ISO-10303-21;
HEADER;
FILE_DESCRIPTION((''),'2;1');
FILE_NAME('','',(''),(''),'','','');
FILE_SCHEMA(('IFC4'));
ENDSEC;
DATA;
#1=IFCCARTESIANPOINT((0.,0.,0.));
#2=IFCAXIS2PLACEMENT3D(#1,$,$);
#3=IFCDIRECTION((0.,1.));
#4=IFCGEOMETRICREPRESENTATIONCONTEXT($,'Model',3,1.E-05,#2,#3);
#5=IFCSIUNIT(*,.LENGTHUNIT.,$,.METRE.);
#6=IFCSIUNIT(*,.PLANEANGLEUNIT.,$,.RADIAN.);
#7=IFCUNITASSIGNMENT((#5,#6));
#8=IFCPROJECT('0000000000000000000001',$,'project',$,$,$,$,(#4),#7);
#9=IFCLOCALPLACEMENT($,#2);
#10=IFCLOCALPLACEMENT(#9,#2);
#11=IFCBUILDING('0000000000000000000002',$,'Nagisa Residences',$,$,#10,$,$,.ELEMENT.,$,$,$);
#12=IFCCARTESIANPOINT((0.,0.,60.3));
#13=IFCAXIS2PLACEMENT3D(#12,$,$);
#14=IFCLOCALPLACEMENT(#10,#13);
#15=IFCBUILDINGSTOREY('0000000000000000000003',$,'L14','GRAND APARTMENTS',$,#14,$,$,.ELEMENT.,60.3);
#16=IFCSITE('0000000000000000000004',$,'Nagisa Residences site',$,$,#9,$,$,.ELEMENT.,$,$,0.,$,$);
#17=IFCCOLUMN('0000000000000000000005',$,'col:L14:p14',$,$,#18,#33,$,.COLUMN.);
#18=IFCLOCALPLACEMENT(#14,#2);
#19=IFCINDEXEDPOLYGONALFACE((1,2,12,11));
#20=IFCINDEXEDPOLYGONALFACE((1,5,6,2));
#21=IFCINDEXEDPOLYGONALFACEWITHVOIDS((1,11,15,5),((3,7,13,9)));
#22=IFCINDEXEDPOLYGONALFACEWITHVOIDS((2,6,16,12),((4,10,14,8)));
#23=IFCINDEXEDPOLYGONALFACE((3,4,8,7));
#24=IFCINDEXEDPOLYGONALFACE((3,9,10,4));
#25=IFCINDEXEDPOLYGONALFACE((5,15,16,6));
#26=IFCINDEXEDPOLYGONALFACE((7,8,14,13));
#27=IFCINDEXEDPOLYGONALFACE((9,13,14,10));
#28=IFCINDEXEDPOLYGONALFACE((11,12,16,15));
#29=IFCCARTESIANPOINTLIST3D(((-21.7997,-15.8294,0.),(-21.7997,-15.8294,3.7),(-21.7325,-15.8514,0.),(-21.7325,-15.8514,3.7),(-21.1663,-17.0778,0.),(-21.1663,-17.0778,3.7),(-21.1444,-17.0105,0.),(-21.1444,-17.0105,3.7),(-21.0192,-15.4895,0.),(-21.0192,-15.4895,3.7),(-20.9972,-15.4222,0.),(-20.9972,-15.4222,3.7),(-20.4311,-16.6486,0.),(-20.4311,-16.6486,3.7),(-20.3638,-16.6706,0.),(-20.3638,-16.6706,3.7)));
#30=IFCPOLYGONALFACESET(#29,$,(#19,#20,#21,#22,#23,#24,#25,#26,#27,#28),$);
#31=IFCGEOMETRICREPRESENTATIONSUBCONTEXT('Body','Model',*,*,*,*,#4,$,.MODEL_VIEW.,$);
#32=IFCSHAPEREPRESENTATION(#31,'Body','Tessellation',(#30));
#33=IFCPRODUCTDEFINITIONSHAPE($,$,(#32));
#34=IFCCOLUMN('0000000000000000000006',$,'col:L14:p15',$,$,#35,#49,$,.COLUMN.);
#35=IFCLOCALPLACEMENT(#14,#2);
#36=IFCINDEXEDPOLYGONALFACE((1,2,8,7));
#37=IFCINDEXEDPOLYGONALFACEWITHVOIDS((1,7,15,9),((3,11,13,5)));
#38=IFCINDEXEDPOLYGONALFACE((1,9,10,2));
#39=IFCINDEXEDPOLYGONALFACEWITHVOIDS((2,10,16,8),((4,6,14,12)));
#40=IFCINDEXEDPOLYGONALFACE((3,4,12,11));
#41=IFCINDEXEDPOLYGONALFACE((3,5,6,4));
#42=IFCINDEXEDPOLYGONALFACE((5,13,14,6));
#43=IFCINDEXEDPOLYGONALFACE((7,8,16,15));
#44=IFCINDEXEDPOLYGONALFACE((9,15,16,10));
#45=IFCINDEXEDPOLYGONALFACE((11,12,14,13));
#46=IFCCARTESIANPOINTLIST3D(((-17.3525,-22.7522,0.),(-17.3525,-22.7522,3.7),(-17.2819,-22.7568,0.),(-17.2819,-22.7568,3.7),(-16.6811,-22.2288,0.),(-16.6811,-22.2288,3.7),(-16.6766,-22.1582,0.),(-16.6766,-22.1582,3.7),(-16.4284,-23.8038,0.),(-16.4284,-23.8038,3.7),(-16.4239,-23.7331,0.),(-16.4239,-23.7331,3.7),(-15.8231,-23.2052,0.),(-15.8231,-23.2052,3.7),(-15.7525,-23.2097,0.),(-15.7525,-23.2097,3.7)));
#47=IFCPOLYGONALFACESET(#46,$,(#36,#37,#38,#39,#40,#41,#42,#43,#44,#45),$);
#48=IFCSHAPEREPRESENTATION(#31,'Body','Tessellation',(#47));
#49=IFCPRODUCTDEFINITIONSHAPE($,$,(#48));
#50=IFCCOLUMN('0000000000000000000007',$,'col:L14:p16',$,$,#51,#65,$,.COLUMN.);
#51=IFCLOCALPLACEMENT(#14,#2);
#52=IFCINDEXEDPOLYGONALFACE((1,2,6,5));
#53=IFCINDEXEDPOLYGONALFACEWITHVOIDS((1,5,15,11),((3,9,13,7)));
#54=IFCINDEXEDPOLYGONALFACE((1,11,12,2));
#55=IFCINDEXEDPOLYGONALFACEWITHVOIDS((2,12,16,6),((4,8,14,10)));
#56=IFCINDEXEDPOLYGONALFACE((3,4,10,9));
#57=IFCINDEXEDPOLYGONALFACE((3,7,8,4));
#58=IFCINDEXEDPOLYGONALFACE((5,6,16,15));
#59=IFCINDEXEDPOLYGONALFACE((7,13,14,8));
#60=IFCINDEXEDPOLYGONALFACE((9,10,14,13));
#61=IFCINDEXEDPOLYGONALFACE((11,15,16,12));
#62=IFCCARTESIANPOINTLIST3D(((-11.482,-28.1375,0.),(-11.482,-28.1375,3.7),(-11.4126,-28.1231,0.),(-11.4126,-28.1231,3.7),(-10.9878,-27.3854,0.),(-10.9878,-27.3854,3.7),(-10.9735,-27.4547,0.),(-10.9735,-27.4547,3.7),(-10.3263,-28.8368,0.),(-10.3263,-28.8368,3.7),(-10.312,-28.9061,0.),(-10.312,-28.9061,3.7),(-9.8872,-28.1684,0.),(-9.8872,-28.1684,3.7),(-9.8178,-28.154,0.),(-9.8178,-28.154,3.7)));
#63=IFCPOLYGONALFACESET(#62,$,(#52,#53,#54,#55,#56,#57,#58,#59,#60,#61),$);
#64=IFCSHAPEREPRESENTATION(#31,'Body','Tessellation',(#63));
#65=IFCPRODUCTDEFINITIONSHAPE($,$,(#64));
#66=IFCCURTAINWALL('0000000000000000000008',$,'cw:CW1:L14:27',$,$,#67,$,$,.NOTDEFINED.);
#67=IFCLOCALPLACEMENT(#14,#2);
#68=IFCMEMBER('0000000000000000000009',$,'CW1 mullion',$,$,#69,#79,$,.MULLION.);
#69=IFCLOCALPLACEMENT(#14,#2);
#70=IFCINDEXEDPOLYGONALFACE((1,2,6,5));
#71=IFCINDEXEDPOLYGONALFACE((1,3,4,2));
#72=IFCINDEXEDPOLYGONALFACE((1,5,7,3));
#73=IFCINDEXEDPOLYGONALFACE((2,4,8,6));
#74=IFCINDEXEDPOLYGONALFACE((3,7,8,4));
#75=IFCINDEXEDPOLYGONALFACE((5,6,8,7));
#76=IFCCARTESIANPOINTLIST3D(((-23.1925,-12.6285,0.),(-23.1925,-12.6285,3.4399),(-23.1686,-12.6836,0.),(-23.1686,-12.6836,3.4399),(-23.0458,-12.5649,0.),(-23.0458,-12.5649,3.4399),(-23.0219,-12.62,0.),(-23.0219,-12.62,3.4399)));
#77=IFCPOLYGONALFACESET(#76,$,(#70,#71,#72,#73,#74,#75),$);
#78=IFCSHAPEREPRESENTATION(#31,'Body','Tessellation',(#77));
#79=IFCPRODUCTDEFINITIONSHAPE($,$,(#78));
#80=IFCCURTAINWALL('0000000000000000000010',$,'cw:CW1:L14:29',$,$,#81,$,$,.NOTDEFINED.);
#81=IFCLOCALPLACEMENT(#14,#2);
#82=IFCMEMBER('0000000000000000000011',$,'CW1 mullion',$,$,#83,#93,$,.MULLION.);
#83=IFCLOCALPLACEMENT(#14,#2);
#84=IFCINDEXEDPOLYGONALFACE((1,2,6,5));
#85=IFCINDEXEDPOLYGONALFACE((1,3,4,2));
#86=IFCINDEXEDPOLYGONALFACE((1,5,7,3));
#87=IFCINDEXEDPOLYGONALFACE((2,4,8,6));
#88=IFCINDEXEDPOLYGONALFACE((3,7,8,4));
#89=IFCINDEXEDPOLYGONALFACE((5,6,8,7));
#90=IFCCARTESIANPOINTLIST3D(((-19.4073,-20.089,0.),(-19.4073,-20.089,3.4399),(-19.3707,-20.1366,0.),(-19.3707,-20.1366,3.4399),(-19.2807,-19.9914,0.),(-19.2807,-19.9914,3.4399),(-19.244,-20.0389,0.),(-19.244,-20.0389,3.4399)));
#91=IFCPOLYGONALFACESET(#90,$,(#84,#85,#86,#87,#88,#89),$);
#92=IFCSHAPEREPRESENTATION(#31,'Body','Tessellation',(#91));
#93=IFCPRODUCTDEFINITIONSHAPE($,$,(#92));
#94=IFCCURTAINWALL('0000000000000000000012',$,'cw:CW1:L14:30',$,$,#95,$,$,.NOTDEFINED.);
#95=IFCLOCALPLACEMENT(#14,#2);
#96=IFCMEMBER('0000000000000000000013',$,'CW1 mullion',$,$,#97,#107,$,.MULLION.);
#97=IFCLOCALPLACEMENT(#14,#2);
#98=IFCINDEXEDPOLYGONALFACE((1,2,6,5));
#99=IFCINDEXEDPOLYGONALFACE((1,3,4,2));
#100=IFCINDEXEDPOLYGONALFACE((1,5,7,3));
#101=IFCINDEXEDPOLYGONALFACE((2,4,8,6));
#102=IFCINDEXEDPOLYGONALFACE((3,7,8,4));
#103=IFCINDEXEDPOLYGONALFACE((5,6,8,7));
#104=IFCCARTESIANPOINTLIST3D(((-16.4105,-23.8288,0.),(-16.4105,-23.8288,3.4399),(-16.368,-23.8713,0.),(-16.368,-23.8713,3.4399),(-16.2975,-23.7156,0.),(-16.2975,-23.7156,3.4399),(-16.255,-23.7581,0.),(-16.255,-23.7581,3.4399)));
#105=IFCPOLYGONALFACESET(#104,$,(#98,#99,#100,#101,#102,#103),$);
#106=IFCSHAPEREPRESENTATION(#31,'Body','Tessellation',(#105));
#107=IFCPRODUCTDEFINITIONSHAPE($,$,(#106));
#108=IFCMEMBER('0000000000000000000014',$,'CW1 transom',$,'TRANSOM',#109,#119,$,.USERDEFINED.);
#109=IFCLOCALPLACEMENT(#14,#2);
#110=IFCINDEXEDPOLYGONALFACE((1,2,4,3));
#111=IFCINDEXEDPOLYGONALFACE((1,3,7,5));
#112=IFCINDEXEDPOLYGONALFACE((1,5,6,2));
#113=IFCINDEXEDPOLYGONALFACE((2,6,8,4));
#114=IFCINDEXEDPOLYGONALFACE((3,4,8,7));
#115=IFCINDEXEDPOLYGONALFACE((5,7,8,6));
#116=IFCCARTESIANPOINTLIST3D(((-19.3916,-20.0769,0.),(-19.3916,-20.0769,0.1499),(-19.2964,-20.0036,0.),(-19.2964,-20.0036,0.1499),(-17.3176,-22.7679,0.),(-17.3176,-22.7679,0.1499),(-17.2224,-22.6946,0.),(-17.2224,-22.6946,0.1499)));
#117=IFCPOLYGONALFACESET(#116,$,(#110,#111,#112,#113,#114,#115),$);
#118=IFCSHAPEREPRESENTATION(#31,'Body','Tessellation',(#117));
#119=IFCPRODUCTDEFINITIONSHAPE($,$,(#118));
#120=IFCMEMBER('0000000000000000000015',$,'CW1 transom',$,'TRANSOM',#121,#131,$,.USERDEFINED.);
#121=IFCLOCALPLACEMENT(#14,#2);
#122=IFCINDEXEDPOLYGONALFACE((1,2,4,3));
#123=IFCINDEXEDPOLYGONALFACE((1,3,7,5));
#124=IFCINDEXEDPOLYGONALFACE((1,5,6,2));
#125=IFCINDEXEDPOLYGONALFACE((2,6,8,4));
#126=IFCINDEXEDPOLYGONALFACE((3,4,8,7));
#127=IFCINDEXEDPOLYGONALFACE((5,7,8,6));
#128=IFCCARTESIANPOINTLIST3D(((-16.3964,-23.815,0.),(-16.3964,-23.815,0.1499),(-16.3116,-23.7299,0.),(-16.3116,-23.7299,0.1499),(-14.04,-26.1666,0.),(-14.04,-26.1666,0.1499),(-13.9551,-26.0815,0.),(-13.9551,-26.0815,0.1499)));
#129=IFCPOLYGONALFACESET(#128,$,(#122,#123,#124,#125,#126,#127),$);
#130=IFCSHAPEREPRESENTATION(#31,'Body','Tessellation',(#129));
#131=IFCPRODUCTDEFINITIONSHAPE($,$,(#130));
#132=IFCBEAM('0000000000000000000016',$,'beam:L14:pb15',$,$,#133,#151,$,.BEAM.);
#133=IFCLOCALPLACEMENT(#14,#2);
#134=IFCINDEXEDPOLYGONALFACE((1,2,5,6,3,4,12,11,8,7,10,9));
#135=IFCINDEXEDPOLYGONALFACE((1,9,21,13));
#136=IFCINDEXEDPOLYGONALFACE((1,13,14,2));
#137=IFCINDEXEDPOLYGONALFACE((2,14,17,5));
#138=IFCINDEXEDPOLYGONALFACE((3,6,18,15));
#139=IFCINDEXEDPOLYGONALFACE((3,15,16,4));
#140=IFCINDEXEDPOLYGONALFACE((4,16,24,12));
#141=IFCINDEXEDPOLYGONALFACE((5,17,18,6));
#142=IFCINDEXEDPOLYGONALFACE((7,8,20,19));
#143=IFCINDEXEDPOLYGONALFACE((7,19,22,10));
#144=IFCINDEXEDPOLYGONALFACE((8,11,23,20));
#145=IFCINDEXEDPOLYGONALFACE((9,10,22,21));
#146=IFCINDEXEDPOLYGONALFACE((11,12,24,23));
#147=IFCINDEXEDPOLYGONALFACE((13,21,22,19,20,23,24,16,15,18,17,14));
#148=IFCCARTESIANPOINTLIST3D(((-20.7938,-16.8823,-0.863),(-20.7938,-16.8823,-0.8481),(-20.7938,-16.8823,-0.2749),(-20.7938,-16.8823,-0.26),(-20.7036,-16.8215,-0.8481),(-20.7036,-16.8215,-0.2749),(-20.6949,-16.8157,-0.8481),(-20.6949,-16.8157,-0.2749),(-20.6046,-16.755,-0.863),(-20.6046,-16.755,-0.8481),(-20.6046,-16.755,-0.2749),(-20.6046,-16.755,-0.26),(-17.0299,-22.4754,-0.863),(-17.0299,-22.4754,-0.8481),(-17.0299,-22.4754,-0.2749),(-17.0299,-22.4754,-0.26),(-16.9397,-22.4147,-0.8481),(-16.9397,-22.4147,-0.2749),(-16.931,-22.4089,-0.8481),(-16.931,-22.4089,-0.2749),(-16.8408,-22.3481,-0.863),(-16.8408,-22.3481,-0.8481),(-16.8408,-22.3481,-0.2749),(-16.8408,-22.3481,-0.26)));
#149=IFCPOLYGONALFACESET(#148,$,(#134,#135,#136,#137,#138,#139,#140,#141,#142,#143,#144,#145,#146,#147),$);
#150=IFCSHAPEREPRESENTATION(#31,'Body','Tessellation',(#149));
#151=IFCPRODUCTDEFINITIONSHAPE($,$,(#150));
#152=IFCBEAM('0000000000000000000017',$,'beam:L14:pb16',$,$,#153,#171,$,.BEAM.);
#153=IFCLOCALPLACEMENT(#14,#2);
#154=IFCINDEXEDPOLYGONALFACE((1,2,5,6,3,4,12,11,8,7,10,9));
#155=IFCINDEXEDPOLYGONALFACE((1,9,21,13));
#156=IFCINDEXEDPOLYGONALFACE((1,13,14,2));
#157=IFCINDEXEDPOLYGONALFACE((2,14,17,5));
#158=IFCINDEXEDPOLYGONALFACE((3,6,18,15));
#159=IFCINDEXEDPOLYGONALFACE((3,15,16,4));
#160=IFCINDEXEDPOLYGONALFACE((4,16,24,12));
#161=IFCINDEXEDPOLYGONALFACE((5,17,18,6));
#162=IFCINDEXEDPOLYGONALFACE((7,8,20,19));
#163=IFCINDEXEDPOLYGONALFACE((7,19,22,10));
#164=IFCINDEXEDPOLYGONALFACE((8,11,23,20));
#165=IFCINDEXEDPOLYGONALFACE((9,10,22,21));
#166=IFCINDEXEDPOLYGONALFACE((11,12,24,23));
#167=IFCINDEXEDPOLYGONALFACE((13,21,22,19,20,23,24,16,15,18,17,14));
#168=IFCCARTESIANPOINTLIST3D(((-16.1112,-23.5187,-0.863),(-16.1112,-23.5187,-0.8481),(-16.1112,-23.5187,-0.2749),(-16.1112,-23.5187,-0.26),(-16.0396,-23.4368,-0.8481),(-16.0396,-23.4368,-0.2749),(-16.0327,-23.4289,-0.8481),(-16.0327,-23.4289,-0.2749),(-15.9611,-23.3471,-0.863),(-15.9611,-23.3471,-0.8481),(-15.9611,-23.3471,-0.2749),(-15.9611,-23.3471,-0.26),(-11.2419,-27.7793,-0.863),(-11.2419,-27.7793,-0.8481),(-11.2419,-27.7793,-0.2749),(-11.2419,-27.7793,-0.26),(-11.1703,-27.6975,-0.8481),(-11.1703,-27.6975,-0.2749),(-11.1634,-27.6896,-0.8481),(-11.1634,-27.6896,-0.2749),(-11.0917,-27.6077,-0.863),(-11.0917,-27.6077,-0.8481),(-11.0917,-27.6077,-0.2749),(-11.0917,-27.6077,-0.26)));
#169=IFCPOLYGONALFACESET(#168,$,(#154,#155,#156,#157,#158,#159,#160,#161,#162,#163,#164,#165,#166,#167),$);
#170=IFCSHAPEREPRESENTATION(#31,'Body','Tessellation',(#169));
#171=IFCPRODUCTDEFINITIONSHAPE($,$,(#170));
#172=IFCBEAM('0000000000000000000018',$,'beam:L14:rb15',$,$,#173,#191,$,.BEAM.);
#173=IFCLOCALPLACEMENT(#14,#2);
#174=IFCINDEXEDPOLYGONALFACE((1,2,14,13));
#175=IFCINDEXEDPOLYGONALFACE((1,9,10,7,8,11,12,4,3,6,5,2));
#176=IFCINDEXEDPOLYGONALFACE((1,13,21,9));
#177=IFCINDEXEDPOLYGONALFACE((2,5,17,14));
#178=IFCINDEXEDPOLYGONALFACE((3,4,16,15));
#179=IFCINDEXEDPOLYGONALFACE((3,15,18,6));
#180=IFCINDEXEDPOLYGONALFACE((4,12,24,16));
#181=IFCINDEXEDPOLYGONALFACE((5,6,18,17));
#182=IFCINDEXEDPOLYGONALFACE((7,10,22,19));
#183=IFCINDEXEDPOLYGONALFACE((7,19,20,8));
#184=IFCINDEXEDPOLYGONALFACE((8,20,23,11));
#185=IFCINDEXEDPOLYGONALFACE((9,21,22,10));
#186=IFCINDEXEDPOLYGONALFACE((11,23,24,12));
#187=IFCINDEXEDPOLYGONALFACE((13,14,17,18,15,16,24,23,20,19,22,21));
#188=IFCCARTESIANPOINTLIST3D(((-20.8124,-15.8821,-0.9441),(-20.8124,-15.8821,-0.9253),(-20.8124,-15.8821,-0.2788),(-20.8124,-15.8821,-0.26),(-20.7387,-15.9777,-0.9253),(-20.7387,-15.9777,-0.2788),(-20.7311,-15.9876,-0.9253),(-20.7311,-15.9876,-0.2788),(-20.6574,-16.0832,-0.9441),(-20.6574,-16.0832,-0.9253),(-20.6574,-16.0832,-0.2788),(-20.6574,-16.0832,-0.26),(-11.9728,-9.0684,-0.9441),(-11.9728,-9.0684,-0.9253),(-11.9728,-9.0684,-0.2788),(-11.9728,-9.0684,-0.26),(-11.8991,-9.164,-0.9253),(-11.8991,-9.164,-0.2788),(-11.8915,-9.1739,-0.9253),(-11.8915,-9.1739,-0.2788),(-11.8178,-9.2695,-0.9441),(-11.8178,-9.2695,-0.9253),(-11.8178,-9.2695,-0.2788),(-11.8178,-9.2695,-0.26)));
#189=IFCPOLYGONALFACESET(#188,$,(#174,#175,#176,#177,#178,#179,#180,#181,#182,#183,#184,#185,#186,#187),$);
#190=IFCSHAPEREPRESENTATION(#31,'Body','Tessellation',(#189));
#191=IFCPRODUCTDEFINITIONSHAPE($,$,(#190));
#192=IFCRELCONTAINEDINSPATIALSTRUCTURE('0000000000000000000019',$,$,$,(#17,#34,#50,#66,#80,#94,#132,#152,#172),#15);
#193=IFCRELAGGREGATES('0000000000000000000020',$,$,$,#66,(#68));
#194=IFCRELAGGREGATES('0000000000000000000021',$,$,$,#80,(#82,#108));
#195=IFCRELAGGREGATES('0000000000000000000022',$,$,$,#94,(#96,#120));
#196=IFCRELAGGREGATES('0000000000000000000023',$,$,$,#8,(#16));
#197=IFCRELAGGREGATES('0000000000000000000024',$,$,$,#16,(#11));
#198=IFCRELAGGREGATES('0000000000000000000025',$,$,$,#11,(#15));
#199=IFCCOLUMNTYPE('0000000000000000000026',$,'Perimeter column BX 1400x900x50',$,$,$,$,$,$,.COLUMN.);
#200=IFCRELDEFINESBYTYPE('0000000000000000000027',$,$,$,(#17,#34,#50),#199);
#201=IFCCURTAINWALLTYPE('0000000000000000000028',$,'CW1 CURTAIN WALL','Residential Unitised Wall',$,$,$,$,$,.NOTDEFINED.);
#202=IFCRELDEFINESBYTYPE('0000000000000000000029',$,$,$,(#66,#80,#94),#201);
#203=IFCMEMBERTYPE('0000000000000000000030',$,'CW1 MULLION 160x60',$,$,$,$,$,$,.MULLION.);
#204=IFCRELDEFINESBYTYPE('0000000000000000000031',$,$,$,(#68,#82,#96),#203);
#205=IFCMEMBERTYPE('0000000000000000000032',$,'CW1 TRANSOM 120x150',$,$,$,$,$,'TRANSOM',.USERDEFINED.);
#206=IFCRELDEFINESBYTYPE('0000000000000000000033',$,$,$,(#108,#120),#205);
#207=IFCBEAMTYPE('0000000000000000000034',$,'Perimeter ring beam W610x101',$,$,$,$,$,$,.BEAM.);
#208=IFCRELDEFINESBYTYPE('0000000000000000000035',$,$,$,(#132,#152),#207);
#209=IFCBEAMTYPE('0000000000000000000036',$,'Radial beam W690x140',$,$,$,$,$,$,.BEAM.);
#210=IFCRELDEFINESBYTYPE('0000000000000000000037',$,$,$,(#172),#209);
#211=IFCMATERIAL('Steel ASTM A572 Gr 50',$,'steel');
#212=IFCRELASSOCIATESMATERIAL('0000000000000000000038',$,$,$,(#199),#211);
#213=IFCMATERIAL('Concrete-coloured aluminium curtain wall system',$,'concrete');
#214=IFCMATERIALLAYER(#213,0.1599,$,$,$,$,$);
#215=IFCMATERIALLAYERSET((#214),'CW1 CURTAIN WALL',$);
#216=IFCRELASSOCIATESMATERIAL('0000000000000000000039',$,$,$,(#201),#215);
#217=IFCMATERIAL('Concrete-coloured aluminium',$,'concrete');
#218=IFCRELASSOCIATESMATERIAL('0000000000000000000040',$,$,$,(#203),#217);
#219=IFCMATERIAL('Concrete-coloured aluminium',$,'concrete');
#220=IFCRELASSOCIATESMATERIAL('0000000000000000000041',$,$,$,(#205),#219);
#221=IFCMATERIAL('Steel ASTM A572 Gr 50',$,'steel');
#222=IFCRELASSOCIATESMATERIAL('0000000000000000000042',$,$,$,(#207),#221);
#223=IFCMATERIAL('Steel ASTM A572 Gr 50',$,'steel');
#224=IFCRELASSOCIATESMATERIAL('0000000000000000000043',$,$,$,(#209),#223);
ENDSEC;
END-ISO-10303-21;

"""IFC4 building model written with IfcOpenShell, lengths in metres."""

from ifc_helpers import new_model, si_unit, direction, frame, origin, origin_2d, place, context, subcontext, project, spatial, rectangle, hollow_rectangle, i_section, extrude, material, layer, layer_set, material_profile, profile_set, type_object, element, aggregate, save


model = new_model("IFC4")

# Units and contexts
model_context = context("Model", 3, precision=1e-05, world=origin(), true_north=direction((0.0, 1.0)))
body_context = subcontext(model_context, "Body", "Model", "MODEL_VIEW")
ifc_project = project(units=[si_unit("LENGTHUNIT", "METRE"), si_unit("PLANEANGLEUNIT", "RADIAN")], contexts=[model_context])

# Site, building, storey
site_placement = place(None, origin())
site = spatial("IfcSite", under=ifc_project, at=site_placement, Name="Nagisa Residences site", CompositionType="ELEMENT", RefElevation=0.0)
building_placement = place(site_placement, origin())
building = spatial("IfcBuilding", under=site, at=building_placement, Name="Nagisa Residences", CompositionType="ELEMENT")
storey_placement = place(building_placement, frame((0.0, 0.0, 60.3)))
storey = spatial("IfcBuildingStorey", under=building, at=storey_placement, Name="L14", Description="GRAND APARTMENTS", CompositionType="ELEMENT", Elevation=60.3)

# Columns
ifc_material_1 = material(Name="Steel ASTM A572 Gr 50", Category="steel")
ifc_material_profile_1 = material_profile(ifc_material_1, hollow_rectangle(XDim=1.3999, YDim=0.8999, WallThickness=0.05, at=origin_2d()), Name="BX 1400x900x50")
ifc_profile_set_1 = profile_set([ifc_material_profile_1], Name="Steel ASTM A572 Gr 50")
column_type = type_object("IfcColumnType", Name="Perimeter column BX 1400x900x50", PredefinedType="COLUMN", material=ifc_profile_set_1)
for number, where, z_axis, x_axis, name in (
    (1, (-21.0818, -16.25, 0.0), (0.0, 0.0, 1.0), (0.452463, -0.891783, 0.0), "col:L14:p14"),
    (2, (-16.5525, -22.981, 0.0), (0.0, 0.0, 1.0), (0.660115, -0.751165, 0.0), "col:L14:p15"),
    (3, (-10.6499, -28.1458, 0.0), (0.0, 0.0, 1.0), (0.835766, -0.549086, 0.0), "col:L14:p16"),
):
    element("IfcColumn", number, at=place(storey_placement, frame(where, z_axis=z_axis, x_axis=x_axis)), inside=storey, type_object=column_type, Name=name, PredefinedType="COLUMN", context=body_context, shape_type="SweptSolid", body=[
        extrude(hollow_rectangle(XDim=1.3999, YDim=0.8999, WallThickness=0.05, at=origin_2d()), origin(), (0.0, 0.0, 1.0), 3.7),
    ])

# Curtain walls, members
ifc_material_2 = material(Name="Concrete-coloured aluminium curtain wall system", Category="concrete")
ifc_layer_1 = layer(ifc_material_2, 0.1599)
ifc_layer_set_1 = layer_set([ifc_layer_1], Name="CW1 CURTAIN WALL")
curtain_wall_type = type_object("IfcCurtainWallType", Name="CW1 CURTAIN WALL", Description="Residential Unitised Wall", PredefinedType="NOTDEFINED", material=ifc_layer_set_1)
curtain_wall_1_placement = place(storey_placement, origin())
curtain_wall_1 = element("IfcCurtainWall", 4, at=curtain_wall_1_placement, inside=storey, type_object=curtain_wall_type, Name="cw:CW1:L14:27", PredefinedType="NOTDEFINED")
ifc_material_3 = material(Name="Concrete-coloured aluminium", Category="concrete")
ifc_material_profile_2 = material_profile(ifc_material_3, rectangle(XDim=0.1599, YDim=0.0601, at=origin_2d()), Name="CW1 MULLION 160x60")
ifc_profile_set_2 = profile_set([ifc_material_profile_2], Name="Concrete-coloured aluminium")
member_type_1 = type_object("IfcMemberType", Name="CW1 MULLION 160x60", PredefinedType="MULLION", material=ifc_profile_set_2)
member_1_placement = place(storey_placement, frame((-23.1072, -12.6243, 0.0), z_axis=(0.0, 0.0, 1.0), x_axis=(0.917543, 0.397636, 0.0)))
member_1 = element("IfcMember", 5, at=member_1_placement, type_object=member_type_1, Name="CW1 mullion", PredefinedType="MULLION", context=body_context, shape_type="SweptSolid", body=[
    extrude(rectangle(XDim=0.1599, YDim=0.0601, at=origin_2d()), origin(), (0.0, 0.0, 1.0), 3.4399),
])
curtain_wall_2_placement = place(storey_placement, origin())
curtain_wall_2 = element("IfcCurtainWall", 6, at=curtain_wall_2_placement, inside=storey, type_object=curtain_wall_type, Name="cw:CW1:L14:29", PredefinedType="NOTDEFINED")
member_2_placement = place(storey_placement, frame((-19.3257, -20.064, 0.0), z_axis=(0.0, 0.0, 1.0), x_axis=(0.79207, 0.61043, 0.0)))
member_2 = element("IfcMember", 7, at=member_2_placement, type_object=member_type_1, Name="CW1 mullion", PredefinedType="MULLION", context=body_context, shape_type="SweptSolid", body=[
    extrude(rectangle(XDim=0.1599, YDim=0.0601, at=origin_2d()), origin(), (0.0, 0.0, 1.0), 3.4399),
])
curtain_wall_3_placement = place(storey_placement, origin())
curtain_wall_3 = element("IfcCurtainWall", 8, at=curtain_wall_3_placement, inside=storey, type_object=curtain_wall_type, Name="cw:CW1:L14:30", PredefinedType="NOTDEFINED")
member_3_placement = place(storey_placement, frame((-16.3328, -23.7935, 0.0), z_axis=(0.0, 0.0, 1.0), x_axis=(0.706377, 0.707836, 0.0)))
member_3 = element("IfcMember", 9, at=member_3_placement, type_object=member_type_1, Name="CW1 mullion", PredefinedType="MULLION", context=body_context, shape_type="SweptSolid", body=[
    extrude(rectangle(XDim=0.1599, YDim=0.0601, at=origin_2d()), origin(), (0.0, 0.0, 1.0), 3.4399),
])

# Members
ifc_material_4 = material(Name="Concrete-coloured aluminium", Category="concrete")
ifc_material_profile_3 = material_profile(ifc_material_4, rectangle(XDim=0.1201, YDim=0.1499, at=origin_2d()), Name="CW1 TRANSOM 120x150")
ifc_profile_set_3 = profile_set([ifc_material_profile_3], Name="Concrete-coloured aluminium")
member_type_2 = type_object("IfcMemberType", Name="CW1 TRANSOM 120x150", ElementType="TRANSOM", PredefinedType="USERDEFINED", material=ifc_profile_set_3)
member_4_placement = place(storey_placement, frame((-19.344, -20.0403, 0.075), z_axis=(0.610457, -0.792049, 0.0), x_axis=(0.792049, 0.610457, 0.0)))
member_4 = element("IfcMember", 10, at=member_4_placement, type_object=member_type_2, Name="CW1 transom", ObjectType="TRANSOM", PredefinedType="USERDEFINED", context=body_context, shape_type="SweptSolid", body=[
    extrude(rectangle(XDim=0.1201, YDim=0.1499, at=origin_2d()), origin(), (0.0, 0.0, 1.0), 3.3975),
])
member_5_placement = place(storey_placement, frame((-16.354, -23.7725, 0.075), z_axis=(0.70784, -0.706373, 0.0), x_axis=(0.706373, 0.70784, 0.0)))
member_5 = element("IfcMember", 11, at=member_5_placement, type_object=member_type_2, Name="CW1 transom", ObjectType="TRANSOM", PredefinedType="USERDEFINED", context=body_context, shape_type="SweptSolid", body=[
    extrude(rectangle(XDim=0.1201, YDim=0.1499, at=origin_2d()), origin(), (0.0, 0.0, 1.0), 3.3291),
])

# Beams
ifc_material_5 = material(Name="Steel ASTM A572 Gr 50", Category="steel")
ifc_material_profile_4 = material_profile(ifc_material_5, i_section(OverallWidth=0.228, OverallDepth=0.603, WebThickness=0.0105, FlangeThickness=0.0149, at=origin_2d()), Name="W610x101")
ifc_profile_set_4 = profile_set([ifc_material_profile_4], Name="Steel ASTM A572 Gr 50")
beam_type_1 = type_object("IfcBeamType", Name="Perimeter ring beam W610x101", PredefinedType="BEAM", material=ifc_profile_set_4)
beam_1_placement = place(storey_placement, frame((-20.6992, -16.8186, -0.5615), z_axis=(0.558297, -0.829641, 0.0), x_axis=(0.829641, 0.558297, 0.0)))
element("IfcBeam", 12, at=beam_1_placement, inside=storey, type_object=beam_type_1, Name="beam:L14:pb15", PredefinedType="BEAM", context=body_context, shape_type="SweptSolid", body=[
    extrude(i_section(OverallWidth=0.228, OverallDepth=0.603, WebThickness=0.0105, FlangeThickness=0.0149, at=origin_2d()), origin(), (0.0, 0.0, 1.0), 6.7417),
])
beam_2_placement = place(storey_placement, frame((-16.0361, -23.4329, -0.5615), z_axis=(0.752574, -0.658507, 0.0), x_axis=(0.658507, 0.752574, 0.0)))
element("IfcBeam", 13, at=beam_2_placement, inside=storey, type_object=beam_type_1, Name="beam:L14:pb16", PredefinedType="BEAM", context=body_context, shape_type="SweptSolid", body=[
    extrude(i_section(OverallWidth=0.228, OverallDepth=0.603, WebThickness=0.0105, FlangeThickness=0.0149, at=origin_2d()), origin(), (0.0, 0.0, 1.0), 6.4702),
])
ifc_material_6 = material(Name="Steel ASTM A572 Gr 50", Category="steel")
ifc_material_profile_5 = material_profile(ifc_material_6, i_section(OverallWidth=0.2539, OverallDepth=0.6841, WebThickness=0.0125, FlangeThickness=0.0188, at=origin_2d()), Name="W690x140")
ifc_profile_set_5 = profile_set([ifc_material_profile_5], Name="Steel ASTM A572 Gr 50")
beam_type_2 = type_object("IfcBeamType", Name="Radial beam W690x140", PredefinedType="BEAM", material=ifc_profile_set_5)
beam_3_placement = place(storey_placement, frame((-20.7349, -15.9827, -0.6021), z_axis=(0.792016, 0.6105, 0.0), x_axis=(-0.6105, 0.792016, 0.0)))
element("IfcBeam", 14, at=beam_3_placement, inside=storey, type_object=beam_type_2, Name="beam:L14:rb15", PredefinedType="BEAM", context=body_context, shape_type="SweptSolid", body=[
    extrude(i_section(OverallWidth=0.2539, OverallDepth=0.6841, WebThickness=0.0125, FlangeThickness=0.0188, at=origin_2d()), origin(), (0.0, 0.0, 1.0), 11.1609),
])

aggregate(curtain_wall_1, [member_1])
aggregate(curtain_wall_2, [member_2, member_4])
aggregate(curtain_wall_3, [member_3, member_5])

save(model, "model.ifc")
